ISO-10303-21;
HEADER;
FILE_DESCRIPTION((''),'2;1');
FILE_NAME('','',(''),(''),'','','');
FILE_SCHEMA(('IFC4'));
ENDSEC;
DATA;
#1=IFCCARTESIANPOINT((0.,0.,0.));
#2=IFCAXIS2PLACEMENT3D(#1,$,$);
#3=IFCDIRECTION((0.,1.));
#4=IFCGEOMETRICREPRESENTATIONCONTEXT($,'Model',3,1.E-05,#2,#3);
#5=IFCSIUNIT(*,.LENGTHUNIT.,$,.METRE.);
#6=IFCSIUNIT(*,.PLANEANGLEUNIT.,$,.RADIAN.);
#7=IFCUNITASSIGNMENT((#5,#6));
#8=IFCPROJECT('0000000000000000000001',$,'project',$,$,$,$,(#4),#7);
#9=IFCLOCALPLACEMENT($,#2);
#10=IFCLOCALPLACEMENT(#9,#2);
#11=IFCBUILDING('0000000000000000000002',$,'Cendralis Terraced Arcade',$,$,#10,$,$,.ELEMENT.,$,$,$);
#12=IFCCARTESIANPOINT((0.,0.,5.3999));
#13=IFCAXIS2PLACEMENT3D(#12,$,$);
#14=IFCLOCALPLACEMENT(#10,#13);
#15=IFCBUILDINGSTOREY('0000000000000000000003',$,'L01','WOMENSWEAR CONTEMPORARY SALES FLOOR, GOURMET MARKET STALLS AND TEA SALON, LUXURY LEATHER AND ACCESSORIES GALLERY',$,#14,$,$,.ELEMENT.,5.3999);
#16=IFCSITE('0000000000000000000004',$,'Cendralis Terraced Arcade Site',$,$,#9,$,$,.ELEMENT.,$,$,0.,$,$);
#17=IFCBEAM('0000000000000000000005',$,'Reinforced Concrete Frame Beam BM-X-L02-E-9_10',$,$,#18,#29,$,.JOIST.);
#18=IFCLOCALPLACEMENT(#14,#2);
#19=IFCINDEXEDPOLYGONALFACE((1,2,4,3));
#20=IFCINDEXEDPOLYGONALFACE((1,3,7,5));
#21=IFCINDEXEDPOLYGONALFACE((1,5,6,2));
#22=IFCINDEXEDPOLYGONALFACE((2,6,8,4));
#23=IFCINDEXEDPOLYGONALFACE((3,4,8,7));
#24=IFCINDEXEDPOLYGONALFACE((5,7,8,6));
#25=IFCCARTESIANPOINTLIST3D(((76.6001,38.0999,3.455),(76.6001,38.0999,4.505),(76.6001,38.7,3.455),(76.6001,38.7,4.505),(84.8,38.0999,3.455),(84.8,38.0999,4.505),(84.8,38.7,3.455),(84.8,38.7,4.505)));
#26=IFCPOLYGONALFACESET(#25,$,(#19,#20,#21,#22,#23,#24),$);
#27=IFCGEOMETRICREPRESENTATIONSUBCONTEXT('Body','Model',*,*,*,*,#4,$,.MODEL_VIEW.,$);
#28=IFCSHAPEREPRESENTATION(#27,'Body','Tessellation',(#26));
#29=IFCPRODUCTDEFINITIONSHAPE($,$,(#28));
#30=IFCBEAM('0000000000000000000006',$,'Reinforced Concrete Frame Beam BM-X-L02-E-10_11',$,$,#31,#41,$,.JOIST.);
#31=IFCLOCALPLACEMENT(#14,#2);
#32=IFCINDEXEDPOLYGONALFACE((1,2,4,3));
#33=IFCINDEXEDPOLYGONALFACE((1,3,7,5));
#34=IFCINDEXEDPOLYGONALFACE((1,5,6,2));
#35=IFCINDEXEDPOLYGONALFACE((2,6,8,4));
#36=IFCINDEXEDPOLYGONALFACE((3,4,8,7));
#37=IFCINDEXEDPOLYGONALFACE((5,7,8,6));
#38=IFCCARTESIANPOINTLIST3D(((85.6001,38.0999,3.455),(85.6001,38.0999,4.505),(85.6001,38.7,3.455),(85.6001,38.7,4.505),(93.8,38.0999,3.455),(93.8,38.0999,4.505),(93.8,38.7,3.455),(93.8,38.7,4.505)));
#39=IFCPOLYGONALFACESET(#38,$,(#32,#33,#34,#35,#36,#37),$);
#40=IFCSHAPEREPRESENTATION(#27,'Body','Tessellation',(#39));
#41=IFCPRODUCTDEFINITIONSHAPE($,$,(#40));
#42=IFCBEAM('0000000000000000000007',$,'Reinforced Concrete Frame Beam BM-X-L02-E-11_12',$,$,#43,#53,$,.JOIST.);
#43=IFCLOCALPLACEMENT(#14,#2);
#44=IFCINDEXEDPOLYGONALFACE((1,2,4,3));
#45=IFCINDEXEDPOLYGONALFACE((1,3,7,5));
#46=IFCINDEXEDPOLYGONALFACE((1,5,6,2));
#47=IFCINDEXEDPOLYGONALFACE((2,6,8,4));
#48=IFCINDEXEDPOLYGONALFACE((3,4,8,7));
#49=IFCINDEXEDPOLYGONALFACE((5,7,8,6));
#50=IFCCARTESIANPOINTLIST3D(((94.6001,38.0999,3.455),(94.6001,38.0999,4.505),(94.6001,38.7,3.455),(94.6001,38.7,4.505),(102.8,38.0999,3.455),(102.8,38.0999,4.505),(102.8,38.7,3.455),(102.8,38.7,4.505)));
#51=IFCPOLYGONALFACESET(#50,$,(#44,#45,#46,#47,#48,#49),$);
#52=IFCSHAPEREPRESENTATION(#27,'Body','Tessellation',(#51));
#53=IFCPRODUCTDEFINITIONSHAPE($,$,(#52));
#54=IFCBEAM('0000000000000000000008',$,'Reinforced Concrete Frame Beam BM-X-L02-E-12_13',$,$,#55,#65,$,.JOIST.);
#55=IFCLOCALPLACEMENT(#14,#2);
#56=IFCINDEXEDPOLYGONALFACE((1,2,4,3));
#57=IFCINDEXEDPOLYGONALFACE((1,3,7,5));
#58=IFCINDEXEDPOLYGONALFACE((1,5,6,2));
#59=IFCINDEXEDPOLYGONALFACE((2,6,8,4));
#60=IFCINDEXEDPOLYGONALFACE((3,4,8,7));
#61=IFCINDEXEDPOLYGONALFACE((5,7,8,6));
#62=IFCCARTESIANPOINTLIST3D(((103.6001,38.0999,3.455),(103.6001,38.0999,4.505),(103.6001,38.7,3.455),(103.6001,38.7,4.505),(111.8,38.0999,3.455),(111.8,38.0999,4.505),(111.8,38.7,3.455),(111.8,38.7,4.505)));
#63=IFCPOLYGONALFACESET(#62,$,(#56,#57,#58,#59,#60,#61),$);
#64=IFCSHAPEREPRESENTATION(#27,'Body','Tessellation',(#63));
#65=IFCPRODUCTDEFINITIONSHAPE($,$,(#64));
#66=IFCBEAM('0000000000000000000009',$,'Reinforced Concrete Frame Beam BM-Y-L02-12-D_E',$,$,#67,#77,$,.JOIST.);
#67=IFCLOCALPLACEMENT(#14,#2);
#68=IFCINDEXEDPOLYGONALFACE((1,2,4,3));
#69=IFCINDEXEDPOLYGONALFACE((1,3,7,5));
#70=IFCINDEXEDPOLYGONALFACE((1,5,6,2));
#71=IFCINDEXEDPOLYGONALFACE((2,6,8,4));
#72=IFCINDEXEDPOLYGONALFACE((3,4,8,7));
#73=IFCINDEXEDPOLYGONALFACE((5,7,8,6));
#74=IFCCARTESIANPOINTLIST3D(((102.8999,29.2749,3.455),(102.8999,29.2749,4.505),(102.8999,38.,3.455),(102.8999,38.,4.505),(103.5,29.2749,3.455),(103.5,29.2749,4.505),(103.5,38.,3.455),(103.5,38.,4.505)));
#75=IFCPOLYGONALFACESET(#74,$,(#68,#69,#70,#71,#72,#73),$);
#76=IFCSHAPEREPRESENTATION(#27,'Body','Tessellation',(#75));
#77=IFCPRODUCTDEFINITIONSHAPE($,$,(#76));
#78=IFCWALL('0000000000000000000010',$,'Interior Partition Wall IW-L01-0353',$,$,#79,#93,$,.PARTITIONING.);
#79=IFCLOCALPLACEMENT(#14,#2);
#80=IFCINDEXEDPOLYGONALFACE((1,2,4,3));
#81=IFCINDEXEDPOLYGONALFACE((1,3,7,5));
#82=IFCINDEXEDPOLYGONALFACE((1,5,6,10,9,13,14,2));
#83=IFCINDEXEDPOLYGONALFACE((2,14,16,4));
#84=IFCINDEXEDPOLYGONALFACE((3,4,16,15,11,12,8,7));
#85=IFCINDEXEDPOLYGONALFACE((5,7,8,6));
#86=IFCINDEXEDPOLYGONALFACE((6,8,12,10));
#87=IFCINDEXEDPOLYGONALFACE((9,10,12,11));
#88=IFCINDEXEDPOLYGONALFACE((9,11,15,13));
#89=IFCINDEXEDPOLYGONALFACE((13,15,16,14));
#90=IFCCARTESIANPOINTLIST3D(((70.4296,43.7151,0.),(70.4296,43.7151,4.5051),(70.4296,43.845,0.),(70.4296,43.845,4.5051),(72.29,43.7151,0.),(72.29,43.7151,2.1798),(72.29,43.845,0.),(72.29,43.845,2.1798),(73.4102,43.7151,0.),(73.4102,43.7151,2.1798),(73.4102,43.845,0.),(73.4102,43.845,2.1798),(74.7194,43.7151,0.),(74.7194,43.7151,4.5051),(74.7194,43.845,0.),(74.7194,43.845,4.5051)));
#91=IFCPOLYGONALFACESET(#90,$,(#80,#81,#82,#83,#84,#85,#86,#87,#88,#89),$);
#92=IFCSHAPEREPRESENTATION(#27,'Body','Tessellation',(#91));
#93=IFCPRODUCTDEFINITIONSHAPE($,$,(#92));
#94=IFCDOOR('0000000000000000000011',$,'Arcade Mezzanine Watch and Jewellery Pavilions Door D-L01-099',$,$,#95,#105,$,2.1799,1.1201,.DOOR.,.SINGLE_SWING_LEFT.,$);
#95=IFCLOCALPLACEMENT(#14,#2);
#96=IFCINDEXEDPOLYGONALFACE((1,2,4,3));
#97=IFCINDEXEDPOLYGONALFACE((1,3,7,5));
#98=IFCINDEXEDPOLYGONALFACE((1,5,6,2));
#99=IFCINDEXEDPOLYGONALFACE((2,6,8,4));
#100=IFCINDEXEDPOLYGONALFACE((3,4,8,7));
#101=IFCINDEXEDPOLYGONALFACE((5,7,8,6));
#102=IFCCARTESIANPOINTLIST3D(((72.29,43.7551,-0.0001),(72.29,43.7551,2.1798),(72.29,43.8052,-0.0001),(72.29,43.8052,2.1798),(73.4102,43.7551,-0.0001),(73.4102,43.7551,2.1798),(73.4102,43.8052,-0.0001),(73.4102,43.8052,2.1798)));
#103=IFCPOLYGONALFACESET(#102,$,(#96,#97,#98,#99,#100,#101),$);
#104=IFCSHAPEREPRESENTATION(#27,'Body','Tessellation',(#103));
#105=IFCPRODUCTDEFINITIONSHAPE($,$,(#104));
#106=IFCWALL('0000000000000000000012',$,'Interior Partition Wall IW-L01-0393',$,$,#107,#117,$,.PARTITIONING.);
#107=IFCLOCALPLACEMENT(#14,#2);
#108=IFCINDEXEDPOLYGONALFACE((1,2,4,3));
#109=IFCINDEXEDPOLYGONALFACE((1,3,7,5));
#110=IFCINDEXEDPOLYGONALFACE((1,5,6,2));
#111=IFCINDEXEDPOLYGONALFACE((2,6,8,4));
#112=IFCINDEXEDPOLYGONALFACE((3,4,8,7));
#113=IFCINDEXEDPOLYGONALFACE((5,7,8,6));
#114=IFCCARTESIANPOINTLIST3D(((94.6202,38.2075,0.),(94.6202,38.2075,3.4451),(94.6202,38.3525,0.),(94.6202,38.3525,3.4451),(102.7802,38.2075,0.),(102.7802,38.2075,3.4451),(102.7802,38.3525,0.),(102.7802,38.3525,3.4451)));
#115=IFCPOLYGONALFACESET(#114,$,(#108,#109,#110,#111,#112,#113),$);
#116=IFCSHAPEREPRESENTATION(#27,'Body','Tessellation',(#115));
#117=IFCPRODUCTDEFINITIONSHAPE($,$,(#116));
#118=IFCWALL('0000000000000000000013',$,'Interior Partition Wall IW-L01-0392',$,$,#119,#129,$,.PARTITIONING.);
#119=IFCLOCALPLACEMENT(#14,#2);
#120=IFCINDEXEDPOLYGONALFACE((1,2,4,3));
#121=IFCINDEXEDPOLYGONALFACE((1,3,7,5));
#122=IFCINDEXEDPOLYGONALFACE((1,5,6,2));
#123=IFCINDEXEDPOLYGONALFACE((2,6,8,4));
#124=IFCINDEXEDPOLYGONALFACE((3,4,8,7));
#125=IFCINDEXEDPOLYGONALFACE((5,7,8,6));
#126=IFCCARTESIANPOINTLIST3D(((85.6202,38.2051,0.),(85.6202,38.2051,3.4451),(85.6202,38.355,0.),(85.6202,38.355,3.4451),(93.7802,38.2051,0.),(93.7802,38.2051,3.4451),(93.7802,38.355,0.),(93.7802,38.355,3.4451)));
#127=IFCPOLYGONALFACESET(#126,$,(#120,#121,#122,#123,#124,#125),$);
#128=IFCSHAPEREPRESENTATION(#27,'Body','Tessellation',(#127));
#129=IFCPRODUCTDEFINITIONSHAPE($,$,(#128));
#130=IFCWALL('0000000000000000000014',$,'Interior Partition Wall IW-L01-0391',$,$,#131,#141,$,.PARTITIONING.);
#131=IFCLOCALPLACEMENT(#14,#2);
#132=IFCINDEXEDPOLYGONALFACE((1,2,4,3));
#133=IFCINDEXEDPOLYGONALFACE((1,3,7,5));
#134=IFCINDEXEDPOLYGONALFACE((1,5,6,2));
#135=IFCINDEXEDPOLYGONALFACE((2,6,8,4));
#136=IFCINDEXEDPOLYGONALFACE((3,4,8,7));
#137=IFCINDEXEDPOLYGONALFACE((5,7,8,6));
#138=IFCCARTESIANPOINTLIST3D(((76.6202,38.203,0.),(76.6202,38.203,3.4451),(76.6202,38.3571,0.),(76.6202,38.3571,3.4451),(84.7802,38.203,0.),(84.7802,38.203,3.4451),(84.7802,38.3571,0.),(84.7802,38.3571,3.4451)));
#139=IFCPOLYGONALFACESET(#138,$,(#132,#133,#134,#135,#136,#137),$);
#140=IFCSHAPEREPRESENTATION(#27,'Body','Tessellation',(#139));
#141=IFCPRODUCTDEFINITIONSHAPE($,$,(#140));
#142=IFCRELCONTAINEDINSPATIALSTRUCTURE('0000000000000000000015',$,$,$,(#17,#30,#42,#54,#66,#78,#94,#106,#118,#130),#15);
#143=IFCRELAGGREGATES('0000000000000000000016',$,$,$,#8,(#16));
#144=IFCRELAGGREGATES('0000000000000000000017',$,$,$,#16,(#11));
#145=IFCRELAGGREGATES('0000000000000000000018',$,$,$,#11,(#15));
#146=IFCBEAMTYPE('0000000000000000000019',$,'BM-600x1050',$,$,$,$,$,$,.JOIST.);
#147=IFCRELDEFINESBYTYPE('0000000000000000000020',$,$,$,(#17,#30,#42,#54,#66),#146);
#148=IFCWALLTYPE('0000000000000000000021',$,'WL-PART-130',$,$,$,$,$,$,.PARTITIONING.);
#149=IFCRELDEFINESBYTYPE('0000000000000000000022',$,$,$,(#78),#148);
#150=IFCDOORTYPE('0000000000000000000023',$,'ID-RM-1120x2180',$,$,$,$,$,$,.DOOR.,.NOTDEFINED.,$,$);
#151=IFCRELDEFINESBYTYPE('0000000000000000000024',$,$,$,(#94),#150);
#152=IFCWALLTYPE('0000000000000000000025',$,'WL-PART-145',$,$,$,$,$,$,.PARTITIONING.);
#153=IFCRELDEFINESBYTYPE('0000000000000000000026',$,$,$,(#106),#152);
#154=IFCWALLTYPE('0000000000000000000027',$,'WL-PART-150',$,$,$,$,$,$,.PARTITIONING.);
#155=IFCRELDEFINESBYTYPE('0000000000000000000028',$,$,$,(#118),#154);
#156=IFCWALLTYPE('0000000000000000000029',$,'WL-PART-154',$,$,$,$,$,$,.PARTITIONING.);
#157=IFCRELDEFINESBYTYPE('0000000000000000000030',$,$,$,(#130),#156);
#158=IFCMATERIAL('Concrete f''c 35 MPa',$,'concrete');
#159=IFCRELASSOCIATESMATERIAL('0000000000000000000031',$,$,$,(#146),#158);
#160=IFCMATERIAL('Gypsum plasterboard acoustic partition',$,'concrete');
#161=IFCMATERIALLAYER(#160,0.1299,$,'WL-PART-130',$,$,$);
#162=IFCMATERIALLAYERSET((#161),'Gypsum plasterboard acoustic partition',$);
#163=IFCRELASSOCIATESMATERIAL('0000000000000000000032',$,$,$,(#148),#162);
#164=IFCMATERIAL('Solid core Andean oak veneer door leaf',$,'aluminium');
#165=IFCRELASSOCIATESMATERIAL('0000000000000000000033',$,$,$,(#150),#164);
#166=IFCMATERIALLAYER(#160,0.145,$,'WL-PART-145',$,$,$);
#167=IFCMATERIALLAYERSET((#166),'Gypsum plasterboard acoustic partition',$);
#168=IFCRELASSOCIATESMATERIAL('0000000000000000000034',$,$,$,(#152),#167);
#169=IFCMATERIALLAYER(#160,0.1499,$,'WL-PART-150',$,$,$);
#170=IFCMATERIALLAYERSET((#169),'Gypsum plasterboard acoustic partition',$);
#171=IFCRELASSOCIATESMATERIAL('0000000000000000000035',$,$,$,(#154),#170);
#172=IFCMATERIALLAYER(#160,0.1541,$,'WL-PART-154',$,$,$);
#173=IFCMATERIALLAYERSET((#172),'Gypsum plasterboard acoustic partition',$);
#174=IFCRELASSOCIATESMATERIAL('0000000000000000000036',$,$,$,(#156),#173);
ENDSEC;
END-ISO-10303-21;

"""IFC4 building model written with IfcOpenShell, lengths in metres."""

from ifc_helpers import new_model, si_unit, direction, frame, frame_2d, origin, origin_2d, place, context, subcontext, project, spatial, rectangle, extrude, material, layer, layer_set, material_profile, profile_set, type_object, element, fill, save


model = new_model("IFC4")

# Units and contexts
model_context = context("Model", 3, precision=1e-05, world=origin(), true_north=direction((0.0, 1.0)))
body_context = subcontext(model_context, "Body", "Model", "MODEL_VIEW")
ifc_project = project(units=[si_unit("LENGTHUNIT", "METRE"), si_unit("PLANEANGLEUNIT", "RADIAN")], contexts=[model_context])

# Site, building, storey
site_placement = place(None, origin())
site = spatial("IfcSite", under=ifc_project, at=site_placement, Name="Cendralis Terraced Arcade Site", CompositionType="ELEMENT", RefElevation=0.0)
building_placement = place(site_placement, origin())
building = spatial("IfcBuilding", under=site, at=building_placement, Name="Cendralis Terraced Arcade", CompositionType="ELEMENT")
storey_placement = place(building_placement, frame((0.0, 0.0, 5.3999)))
storey = spatial("IfcBuildingStorey", under=building, at=storey_placement, Name="L01", Description="WOMENSWEAR CONTEMPORARY SALES FLOOR, GOURMET MARKET STALLS AND TEA SALON, LUXURY LEATHER AND ACCESSORIES GALLERY", CompositionType="ELEMENT", Elevation=5.3999)

# Beams
ifc_material_1 = material(Name="Concrete f'c 35 MPa", Category="concrete")
ifc_material_profile_1 = material_profile(ifc_material_1, rectangle(XDim=0.6001, YDim=1.05, at=origin_2d()), Name="RC-BM-600x1050", Category="LoadBearing")
ifc_profile_set_1 = profile_set([ifc_material_profile_1], Name="Concrete f'c 35 MPa")
beam_type = type_object("IfcBeamType", Name="BM-600x1050", PredefinedType="JOIST", material=ifc_profile_set_1)
for number, where, z_axis, x_axis, name in (
    (1, (76.6001, 38.3999, 3.98), (1.0, 0.0, 0.0), (0.0, 1.0, 0.0), "Reinforced Concrete Frame Beam BM-X-L02-E-9_10"),
    (2, (85.6001, 38.3999, 3.98), (1.0, 0.0, 0.0), (0.0, 1.0, 0.0), "Reinforced Concrete Frame Beam BM-X-L02-E-10_11"),
    (3, (94.6001, 38.3999, 3.98), (1.0, 0.0, 0.0), (0.0, 1.0, 0.0), "Reinforced Concrete Frame Beam BM-X-L02-E-11_12"),
    (4, (103.6001, 38.3999, 3.98), (1.0, 0.0, 0.0), (0.0, 1.0, 0.0), "Reinforced Concrete Frame Beam BM-X-L02-E-12_13"),
):
    element("IfcBeam", number, at=place(storey_placement, frame(where, z_axis=z_axis, x_axis=x_axis)), inside=storey, type_object=beam_type, Name=name, PredefinedType="JOIST", context=body_context, shape_type="SweptSolid", body=[
        extrude(rectangle(XDim=0.6001, YDim=1.05, at=origin_2d()), origin(), (0.0, 0.0, 1.0), 8.2),
    ])
beam_placement = place(storey_placement, frame((103.2, 29.2749, 3.98), z_axis=(0.0, 1.0, 0.0), x_axis=(-1.0, 0.0, 0.0)))
element("IfcBeam", 5, at=beam_placement, inside=storey, type_object=beam_type, Name="Reinforced Concrete Frame Beam BM-Y-L02-12-D_E", PredefinedType="JOIST", context=body_context, shape_type="SweptSolid", body=[
    extrude(rectangle(XDim=0.6001, YDim=1.05, at=origin_2d()), origin(), (0.0, 0.0, 1.0), 8.7251),
])

# Wall, opening, door
ifc_material_2 = material(Name="Gypsum plasterboard acoustic partition", Category="concrete")
ifc_layer_1 = layer(ifc_material_2, 0.1299, Name="WL-PART-130")
ifc_layer_set_1 = layer_set([ifc_layer_1], Name="Gypsum plasterboard acoustic partition")
wall_type_1 = type_object("IfcWallType", Name="WL-PART-130", PredefinedType="PARTITIONING", material=ifc_layer_set_1)
wall_1_placement = place(storey_placement, frame((74.7195, 43.78, 0.0), z_axis=(0.0, 0.0, 1.0), x_axis=(-1.0, 0.0, 0.0)))
wall_1 = element("IfcWall", 6, at=wall_1_placement, inside=storey, type_object=wall_type_1, Name="Interior Partition Wall IW-L01-0353", PredefinedType="PARTITIONING", context=body_context, shape_type="SweptSolid", body=[
    extrude(rectangle(XDim=4.2898, YDim=0.1299, at=frame_2d((2.145, 0.0))), origin(), (0.0, 0.0, 1.0), 4.5051),
])
opening_placement = place(wall_1_placement, frame((1.3093, 0.0, 0.0)))
opening = element("IfcOpeningElement", 7, at=opening_placement, cuts=wall_1, PredefinedType="OPENING", context=body_context, shape_type="SweptSolid", body=[
    extrude(rectangle(XDim=1.1201, YDim=2.1799, at=frame_2d((0.5601, 1.0898))), frame((0.0, 0.0769, 0.0), z_axis=(0.0, -1.0, 0.0), x_axis=(1.0, 0.0, 0.0)), (0.0, 0.0, 1.0), 0.1538),
])
ifc_material_3 = material(Name="Solid core Andean oak veneer door leaf", Category="aluminium")
door_type = type_object("IfcDoorType", Name="ID-RM-1120x2180", OperationType="NOTDEFINED", PredefinedType="DOOR", material=ifc_material_3)
door_placement = place(opening_placement, origin())
door = element("IfcDoor", 8, at=door_placement, inside=storey, type_object=door_type, Name="Arcade Mezzanine Watch and Jewellery Pavilions Door D-L01-099", OperationType="SINGLE_SWING_LEFT", OverallHeight=2.1799, OverallWidth=1.1201, PredefinedType="DOOR", context=body_context, shape_type="SweptSolid", body=[
    extrude(rectangle(XDim=1.1201, YDim=2.1799, at=frame_2d((0.5601, 1.0898))), frame((0.0, 0.0249, 0.0), z_axis=(0.0, -1.0, 0.0), x_axis=(1.0, 0.0, 0.0)), (0.0, 0.0, 1.0), 0.05),
])
fill(opening, door)

# Walls
ifc_layer_2 = layer(ifc_material_2, 0.145, Name="WL-PART-145")
ifc_layer_set_2 = layer_set([ifc_layer_2], Name="Gypsum plasterboard acoustic partition")
wall_type_2 = type_object("IfcWallType", Name="WL-PART-145", PredefinedType="PARTITIONING", material=ifc_layer_set_2)
wall_2_placement = place(storey_placement, frame((94.6201, 38.28, 0.0), z_axis=(0.0, 0.0, 1.0), x_axis=(1.0, 0.0, 0.0)))
element("IfcWall", 9, at=wall_2_placement, inside=storey, type_object=wall_type_2, Name="Interior Partition Wall IW-L01-0393", PredefinedType="PARTITIONING", context=body_context, shape_type="SweptSolid", body=[
    extrude(rectangle(XDim=8.1599, YDim=0.145, at=frame_2d((4.0801, 0.0))), origin(), (0.0, 0.0, 1.0), 3.4451),
])
ifc_layer_3 = layer(ifc_material_2, 0.1499, Name="WL-PART-150")
ifc_layer_set_3 = layer_set([ifc_layer_3], Name="Gypsum plasterboard acoustic partition")
wall_type_3 = type_object("IfcWallType", Name="WL-PART-150", PredefinedType="PARTITIONING", material=ifc_layer_set_3)
wall_3_placement = place(storey_placement, frame((85.6201, 38.28, 0.0), z_axis=(0.0, 0.0, 1.0), x_axis=(1.0, 0.0, 0.0)))
element("IfcWall", 10, at=wall_3_placement, inside=storey, type_object=wall_type_3, Name="Interior Partition Wall IW-L01-0392", PredefinedType="PARTITIONING", context=body_context, shape_type="SweptSolid", body=[
    extrude(rectangle(XDim=8.1599, YDim=0.1499, at=frame_2d((4.0801, 0.0))), origin(), (0.0, 0.0, 1.0), 3.4451),
])
ifc_layer_4 = layer(ifc_material_2, 0.1541, Name="WL-PART-154")
ifc_layer_set_4 = layer_set([ifc_layer_4], Name="Gypsum plasterboard acoustic partition")
wall_type_4 = type_object("IfcWallType", Name="WL-PART-154", PredefinedType="PARTITIONING", material=ifc_layer_set_4)
wall_4_placement = place(storey_placement, frame((76.6201, 38.28, 0.0), z_axis=(0.0, 0.0, 1.0), x_axis=(1.0, 0.0, 0.0)))
element("IfcWall", 11, at=wall_4_placement, inside=storey, type_object=wall_type_4, Name="Interior Partition Wall IW-L01-0391", PredefinedType="PARTITIONING", context=body_context, shape_type="SweptSolid", body=[
    extrude(rectangle(XDim=8.1599, YDim=0.1541, at=frame_2d((4.0801, 0.0))), origin(), (0.0, 0.0, 1.0), 3.4451),
])

save(model, "model.ifc")
